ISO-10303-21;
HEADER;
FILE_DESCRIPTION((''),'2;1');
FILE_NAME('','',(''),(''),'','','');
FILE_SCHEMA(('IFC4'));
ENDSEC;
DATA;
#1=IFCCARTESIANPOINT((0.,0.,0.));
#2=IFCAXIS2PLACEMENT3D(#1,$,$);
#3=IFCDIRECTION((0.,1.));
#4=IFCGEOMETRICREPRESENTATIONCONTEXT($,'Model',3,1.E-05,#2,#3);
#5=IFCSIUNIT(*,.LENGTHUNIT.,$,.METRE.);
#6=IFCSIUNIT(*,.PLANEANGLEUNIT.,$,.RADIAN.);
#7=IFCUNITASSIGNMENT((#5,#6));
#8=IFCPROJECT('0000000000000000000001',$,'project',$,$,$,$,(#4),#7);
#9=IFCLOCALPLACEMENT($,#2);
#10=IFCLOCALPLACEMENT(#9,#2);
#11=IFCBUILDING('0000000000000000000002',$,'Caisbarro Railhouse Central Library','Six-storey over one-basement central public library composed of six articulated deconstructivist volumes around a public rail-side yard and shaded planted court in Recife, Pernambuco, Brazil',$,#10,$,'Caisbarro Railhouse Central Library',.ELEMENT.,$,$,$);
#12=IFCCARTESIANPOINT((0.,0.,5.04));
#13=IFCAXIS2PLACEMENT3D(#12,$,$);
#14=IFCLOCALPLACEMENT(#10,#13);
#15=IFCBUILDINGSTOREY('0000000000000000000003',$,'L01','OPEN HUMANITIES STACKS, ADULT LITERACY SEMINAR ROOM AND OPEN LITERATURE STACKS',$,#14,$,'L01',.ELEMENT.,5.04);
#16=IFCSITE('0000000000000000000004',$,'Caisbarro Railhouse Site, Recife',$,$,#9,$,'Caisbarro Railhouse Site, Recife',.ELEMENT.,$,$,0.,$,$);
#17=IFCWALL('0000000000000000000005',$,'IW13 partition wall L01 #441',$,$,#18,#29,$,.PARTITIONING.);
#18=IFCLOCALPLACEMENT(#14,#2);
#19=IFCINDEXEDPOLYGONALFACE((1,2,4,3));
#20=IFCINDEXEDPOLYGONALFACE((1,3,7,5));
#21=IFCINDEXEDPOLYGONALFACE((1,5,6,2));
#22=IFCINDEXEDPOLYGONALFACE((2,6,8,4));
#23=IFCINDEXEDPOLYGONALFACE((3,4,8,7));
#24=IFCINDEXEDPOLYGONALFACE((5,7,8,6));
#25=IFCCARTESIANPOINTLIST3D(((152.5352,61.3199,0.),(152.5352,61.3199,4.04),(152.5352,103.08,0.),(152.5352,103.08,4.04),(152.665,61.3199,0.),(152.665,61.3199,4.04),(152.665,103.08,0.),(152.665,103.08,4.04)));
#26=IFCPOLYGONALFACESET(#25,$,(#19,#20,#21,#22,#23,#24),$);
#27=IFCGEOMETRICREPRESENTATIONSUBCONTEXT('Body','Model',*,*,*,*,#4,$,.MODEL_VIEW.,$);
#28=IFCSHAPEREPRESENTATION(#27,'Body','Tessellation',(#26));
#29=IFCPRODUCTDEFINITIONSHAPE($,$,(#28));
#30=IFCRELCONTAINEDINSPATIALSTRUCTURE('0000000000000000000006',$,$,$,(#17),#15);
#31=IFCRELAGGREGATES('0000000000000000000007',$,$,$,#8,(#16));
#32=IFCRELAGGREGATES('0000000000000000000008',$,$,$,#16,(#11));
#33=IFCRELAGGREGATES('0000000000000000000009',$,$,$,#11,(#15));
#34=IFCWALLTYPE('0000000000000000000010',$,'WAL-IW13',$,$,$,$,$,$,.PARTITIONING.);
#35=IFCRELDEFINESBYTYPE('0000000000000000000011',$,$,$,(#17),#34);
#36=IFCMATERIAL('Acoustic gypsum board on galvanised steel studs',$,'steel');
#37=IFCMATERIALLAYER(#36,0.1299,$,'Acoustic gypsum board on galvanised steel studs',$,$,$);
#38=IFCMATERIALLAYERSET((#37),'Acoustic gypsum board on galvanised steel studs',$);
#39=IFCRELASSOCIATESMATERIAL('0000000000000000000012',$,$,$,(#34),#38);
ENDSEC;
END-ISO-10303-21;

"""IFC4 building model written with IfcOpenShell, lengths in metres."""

from ifc_helpers import new_model, si_unit, direction, frame, frame_2d, origin, place, context, subcontext, project, spatial, rectangle, extrude, material, layer, layer_set, type_object, element, save


model = new_model("IFC4")

# Units and contexts
model_context = context("Model", 3, precision=1e-05, world=origin(), true_north=direction((0.0, 1.0)))
body_context = subcontext(model_context, "Body", "Model", "MODEL_VIEW")
ifc_project = project(units=[si_unit("LENGTHUNIT", "METRE"), si_unit("PLANEANGLEUNIT", "RADIAN")], contexts=[model_context])

# Site, building, storey
site_placement = place(None, origin())
site = spatial("IfcSite", under=ifc_project, at=site_placement, Name="Caisbarro Railhouse Site, Recife", LongName="Caisbarro Railhouse Site, Recife", CompositionType="ELEMENT", RefElevation=0.0)
building_placement = place(site_placement, origin())
building = spatial("IfcBuilding", under=site, at=building_placement, Name="Caisbarro Railhouse Central Library", Description="Six-storey over one-basement central public library composed of six articulated deconstructivist volumes around a public rail-side yard and shaded planted court in Recife, Pernambuco, Brazil", LongName="Caisbarro Railhouse Central Library", CompositionType="ELEMENT")
storey_placement = place(building_placement, frame((0.0, 0.0, 5.04)))
storey = spatial("IfcBuildingStorey", under=building, at=storey_placement, Name="L01", Description="OPEN HUMANITIES STACKS, ADULT LITERACY SEMINAR ROOM AND OPEN LITERATURE STACKS", LongName="L01", CompositionType="ELEMENT", Elevation=5.04)

# Wall
ifc_material_1 = material(Name="Acoustic gypsum board on galvanised steel studs", Category="steel")
ifc_layer_1 = layer(ifc_material_1, 0.1299, Name="Acoustic gypsum board on galvanised steel studs")
ifc_layer_set_1 = layer_set([ifc_layer_1], Name="Acoustic gypsum board on galvanised steel studs")
wall_type = type_object("IfcWallType", Name="WAL-IW13", PredefinedType="PARTITIONING", material=ifc_layer_set_1)
wall_placement = place(storey_placement, frame((152.6001, 61.3201, 0.0), z_axis=(0.0, 0.0, 1.0), x_axis=(0.0, 1.0, 0.0)))
element("IfcWall", 1, at=wall_placement, inside=storey, type_object=wall_type, Name="IW13 partition wall L01 #441", PredefinedType="PARTITIONING", context=body_context, shape_type="SweptSolid", body=[
    extrude(rectangle(XDim=41.76, YDim=0.1299, at=frame_2d((20.8799, 0.0))), origin(), (0.0, 0.0, 1.0), 4.04),
])

save(model, "model.ifc")
